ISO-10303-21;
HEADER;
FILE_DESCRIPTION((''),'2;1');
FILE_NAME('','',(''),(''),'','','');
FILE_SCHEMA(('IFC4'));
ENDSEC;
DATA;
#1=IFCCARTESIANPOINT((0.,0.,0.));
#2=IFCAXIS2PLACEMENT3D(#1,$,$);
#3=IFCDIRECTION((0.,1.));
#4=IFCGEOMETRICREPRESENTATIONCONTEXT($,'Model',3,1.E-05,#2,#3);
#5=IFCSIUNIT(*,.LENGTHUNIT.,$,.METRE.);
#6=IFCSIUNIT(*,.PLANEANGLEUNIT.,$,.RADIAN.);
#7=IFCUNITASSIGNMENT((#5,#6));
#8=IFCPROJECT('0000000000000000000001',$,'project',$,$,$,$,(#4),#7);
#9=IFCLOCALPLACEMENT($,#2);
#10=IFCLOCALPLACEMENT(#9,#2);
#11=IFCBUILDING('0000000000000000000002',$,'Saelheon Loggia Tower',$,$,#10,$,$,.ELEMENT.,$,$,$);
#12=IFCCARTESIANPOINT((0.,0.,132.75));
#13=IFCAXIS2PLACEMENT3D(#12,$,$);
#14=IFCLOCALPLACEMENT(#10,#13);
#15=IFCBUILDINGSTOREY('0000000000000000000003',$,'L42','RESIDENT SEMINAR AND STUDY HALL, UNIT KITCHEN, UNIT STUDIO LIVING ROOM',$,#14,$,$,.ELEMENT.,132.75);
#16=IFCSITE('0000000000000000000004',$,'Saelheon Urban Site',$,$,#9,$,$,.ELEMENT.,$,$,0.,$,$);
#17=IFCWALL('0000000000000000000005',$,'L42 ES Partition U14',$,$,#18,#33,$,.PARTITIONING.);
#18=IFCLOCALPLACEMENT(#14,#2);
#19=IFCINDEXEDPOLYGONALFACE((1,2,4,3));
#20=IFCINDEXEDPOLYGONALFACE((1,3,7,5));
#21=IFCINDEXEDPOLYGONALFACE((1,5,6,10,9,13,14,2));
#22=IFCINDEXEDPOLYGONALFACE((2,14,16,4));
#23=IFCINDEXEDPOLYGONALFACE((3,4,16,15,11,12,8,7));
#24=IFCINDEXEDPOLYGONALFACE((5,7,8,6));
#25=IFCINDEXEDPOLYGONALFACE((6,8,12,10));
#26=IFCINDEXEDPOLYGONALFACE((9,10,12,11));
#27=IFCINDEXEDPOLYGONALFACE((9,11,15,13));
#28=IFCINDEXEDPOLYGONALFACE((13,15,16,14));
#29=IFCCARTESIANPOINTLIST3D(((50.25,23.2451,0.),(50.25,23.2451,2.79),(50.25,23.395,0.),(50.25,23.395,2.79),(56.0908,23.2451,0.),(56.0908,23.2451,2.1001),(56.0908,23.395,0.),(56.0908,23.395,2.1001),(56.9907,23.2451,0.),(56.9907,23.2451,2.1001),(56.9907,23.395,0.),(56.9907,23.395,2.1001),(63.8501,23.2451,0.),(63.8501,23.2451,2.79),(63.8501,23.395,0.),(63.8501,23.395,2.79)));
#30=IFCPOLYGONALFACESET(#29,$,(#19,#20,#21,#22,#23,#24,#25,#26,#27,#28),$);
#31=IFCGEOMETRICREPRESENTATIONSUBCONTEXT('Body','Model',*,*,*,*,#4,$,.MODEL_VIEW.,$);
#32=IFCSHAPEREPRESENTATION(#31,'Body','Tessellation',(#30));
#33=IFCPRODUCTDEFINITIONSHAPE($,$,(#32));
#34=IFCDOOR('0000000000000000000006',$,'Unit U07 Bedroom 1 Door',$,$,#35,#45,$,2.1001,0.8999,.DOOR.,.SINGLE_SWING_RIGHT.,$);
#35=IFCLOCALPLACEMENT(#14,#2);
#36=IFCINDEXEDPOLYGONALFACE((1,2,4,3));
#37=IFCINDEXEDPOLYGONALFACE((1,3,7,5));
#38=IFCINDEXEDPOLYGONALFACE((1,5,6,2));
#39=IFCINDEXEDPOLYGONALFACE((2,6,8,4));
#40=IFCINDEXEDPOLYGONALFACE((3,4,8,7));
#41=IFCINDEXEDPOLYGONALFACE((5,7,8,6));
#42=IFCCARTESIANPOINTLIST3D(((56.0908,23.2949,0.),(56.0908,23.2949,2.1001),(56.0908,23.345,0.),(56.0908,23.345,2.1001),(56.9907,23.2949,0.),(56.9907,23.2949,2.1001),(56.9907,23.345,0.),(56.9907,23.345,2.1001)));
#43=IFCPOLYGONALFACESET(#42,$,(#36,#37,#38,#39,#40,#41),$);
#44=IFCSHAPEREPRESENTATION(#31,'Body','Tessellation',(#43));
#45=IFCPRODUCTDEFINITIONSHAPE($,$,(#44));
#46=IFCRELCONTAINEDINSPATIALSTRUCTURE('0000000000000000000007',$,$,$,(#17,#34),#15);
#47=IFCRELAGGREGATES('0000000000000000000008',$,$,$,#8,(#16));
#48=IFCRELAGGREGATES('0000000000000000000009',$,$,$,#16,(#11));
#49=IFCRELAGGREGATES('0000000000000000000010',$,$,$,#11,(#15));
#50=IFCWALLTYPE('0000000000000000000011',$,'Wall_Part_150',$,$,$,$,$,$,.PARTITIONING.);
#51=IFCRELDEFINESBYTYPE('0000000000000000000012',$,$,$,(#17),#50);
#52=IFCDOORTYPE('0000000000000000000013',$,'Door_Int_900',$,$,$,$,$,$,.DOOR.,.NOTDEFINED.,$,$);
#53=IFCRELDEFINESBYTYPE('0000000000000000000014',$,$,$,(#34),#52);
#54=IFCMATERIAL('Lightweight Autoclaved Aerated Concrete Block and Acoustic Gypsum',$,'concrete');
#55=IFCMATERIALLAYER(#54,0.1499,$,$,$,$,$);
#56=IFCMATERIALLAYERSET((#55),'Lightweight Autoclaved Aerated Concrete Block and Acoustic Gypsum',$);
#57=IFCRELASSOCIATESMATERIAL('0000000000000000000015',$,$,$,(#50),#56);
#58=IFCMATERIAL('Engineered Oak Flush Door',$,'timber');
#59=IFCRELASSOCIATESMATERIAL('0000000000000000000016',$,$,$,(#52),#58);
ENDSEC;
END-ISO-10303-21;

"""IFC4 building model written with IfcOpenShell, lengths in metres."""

from ifc_helpers import new_model, si_unit, direction, frame, frame_2d, origin, place, context, subcontext, project, spatial, rectangle, extrude, source, transform, mapped, material, layer, layer_set, type_object, element, fill, save


model = new_model("IFC4")

# Units and contexts
model_context = context("Model", 3, precision=1e-05, world=origin(), true_north=direction((0.0, 1.0)))
body_context = subcontext(model_context, "Body", "Model", "MODEL_VIEW")
ifc_project = project(units=[si_unit("LENGTHUNIT", "METRE"), si_unit("PLANEANGLEUNIT", "RADIAN")], contexts=[model_context])

# Site, building, storey
site_placement = place(None, origin())
site = spatial("IfcSite", under=ifc_project, at=site_placement, Name="Saelheon Urban Site", CompositionType="ELEMENT", RefElevation=0.0)
building_placement = place(site_placement, origin())
building = spatial("IfcBuilding", under=site, at=building_placement, Name="Saelheon Loggia Tower", CompositionType="ELEMENT")
storey_placement = place(building_placement, frame((0.0, 0.0, 132.75)))
storey = spatial("IfcBuildingStorey", under=building, at=storey_placement, Name="L42", Description="RESIDENT SEMINAR AND STUDY HALL, UNIT KITCHEN, UNIT STUDIO LIVING ROOM", CompositionType="ELEMENT", Elevation=132.75)

# Wall, opening, door
ifc_material_1 = material(Name="Lightweight Autoclaved Aerated Concrete Block and Acoustic Gypsum", Category="concrete")
ifc_layer_1 = layer(ifc_material_1, 0.1499)
ifc_layer_set_1 = layer_set([ifc_layer_1], Name="Lightweight Autoclaved Aerated Concrete Block and Acoustic Gypsum")
wall_type_1 = type_object("IfcWallType", Name="Wall_Part_150", PredefinedType="PARTITIONING", material=ifc_layer_set_1)
wall_1_placement = place(storey_placement, frame((50.25, 23.3201, 0.0), z_axis=(0.0, 0.0, 1.0), x_axis=(1.0, 0.0, 0.0)))
wall_1 = element("IfcWall", 1, at=wall_1_placement, inside=storey, type_object=wall_type_1, Name="L42 ES Partition U14", PredefinedType="PARTITIONING", context=body_context, shape_type="SweptSolid", body=[
    extrude(rectangle(XDim=13.6001, YDim=0.1499, at=frame_2d((6.8, 0.0))), origin(), (0.0, 0.0, 1.0), 2.79),
])
opening_1_placement = place(wall_1_placement, frame((5.8408, 0.0, 0.0)))
opening_1 = element("IfcOpeningElement", 2, at=opening_1_placement, cuts=wall_1, PredefinedType="OPENING", context=body_context, shape_type="SweptSolid", body=[
    extrude(rectangle(XDim=0.8999, YDim=2.1001, at=frame_2d((0.45, 1.05))), frame((0.0, 0.0869, 0.0), z_axis=(0.0, -1.0, 0.0), x_axis=(1.0, 0.0, 0.0)), (0.0, 0.0, 1.0), 0.1738),
])
ifc_material_2 = material(Name="Engineered Oak Flush Door", Category="timber")
door_type_1 = type_object("IfcDoorType", Name="Door_Int_900", OperationType="NOTDEFINED", PredefinedType="DOOR", material=ifc_material_2)
shared_shape_1 = source(origin(), body_context, "Body", "SweptSolid", [
    extrude(rectangle(XDim=0.8999, YDim=2.1001, at=frame_2d((0.45, 1.05))), frame((0.0, 0.0249, 0.0), z_axis=(0.0, -1.0, 0.0), x_axis=(1.0, 0.0, 0.0)), (0.0, 0.0, 1.0), 0.05),
])
door_1_placement = place(opening_1_placement, origin())
door_1 = element("IfcDoor", 3, at=door_1_placement, inside=storey, type_object=door_type_1, Name="Unit U07 Bedroom 1 Door", OperationType="SINGLE_SWING_RIGHT", OverallHeight=2.1001, OverallWidth=0.8999, PredefinedType="DOOR", context=body_context, shape_type="MappedRepresentation", body=[
    mapped(shared_shape_1, transform((0.0, 0.0, 0.0), scale=1.0)),
])
fill(opening_1, door_1)

save(model, "model.ifc")
